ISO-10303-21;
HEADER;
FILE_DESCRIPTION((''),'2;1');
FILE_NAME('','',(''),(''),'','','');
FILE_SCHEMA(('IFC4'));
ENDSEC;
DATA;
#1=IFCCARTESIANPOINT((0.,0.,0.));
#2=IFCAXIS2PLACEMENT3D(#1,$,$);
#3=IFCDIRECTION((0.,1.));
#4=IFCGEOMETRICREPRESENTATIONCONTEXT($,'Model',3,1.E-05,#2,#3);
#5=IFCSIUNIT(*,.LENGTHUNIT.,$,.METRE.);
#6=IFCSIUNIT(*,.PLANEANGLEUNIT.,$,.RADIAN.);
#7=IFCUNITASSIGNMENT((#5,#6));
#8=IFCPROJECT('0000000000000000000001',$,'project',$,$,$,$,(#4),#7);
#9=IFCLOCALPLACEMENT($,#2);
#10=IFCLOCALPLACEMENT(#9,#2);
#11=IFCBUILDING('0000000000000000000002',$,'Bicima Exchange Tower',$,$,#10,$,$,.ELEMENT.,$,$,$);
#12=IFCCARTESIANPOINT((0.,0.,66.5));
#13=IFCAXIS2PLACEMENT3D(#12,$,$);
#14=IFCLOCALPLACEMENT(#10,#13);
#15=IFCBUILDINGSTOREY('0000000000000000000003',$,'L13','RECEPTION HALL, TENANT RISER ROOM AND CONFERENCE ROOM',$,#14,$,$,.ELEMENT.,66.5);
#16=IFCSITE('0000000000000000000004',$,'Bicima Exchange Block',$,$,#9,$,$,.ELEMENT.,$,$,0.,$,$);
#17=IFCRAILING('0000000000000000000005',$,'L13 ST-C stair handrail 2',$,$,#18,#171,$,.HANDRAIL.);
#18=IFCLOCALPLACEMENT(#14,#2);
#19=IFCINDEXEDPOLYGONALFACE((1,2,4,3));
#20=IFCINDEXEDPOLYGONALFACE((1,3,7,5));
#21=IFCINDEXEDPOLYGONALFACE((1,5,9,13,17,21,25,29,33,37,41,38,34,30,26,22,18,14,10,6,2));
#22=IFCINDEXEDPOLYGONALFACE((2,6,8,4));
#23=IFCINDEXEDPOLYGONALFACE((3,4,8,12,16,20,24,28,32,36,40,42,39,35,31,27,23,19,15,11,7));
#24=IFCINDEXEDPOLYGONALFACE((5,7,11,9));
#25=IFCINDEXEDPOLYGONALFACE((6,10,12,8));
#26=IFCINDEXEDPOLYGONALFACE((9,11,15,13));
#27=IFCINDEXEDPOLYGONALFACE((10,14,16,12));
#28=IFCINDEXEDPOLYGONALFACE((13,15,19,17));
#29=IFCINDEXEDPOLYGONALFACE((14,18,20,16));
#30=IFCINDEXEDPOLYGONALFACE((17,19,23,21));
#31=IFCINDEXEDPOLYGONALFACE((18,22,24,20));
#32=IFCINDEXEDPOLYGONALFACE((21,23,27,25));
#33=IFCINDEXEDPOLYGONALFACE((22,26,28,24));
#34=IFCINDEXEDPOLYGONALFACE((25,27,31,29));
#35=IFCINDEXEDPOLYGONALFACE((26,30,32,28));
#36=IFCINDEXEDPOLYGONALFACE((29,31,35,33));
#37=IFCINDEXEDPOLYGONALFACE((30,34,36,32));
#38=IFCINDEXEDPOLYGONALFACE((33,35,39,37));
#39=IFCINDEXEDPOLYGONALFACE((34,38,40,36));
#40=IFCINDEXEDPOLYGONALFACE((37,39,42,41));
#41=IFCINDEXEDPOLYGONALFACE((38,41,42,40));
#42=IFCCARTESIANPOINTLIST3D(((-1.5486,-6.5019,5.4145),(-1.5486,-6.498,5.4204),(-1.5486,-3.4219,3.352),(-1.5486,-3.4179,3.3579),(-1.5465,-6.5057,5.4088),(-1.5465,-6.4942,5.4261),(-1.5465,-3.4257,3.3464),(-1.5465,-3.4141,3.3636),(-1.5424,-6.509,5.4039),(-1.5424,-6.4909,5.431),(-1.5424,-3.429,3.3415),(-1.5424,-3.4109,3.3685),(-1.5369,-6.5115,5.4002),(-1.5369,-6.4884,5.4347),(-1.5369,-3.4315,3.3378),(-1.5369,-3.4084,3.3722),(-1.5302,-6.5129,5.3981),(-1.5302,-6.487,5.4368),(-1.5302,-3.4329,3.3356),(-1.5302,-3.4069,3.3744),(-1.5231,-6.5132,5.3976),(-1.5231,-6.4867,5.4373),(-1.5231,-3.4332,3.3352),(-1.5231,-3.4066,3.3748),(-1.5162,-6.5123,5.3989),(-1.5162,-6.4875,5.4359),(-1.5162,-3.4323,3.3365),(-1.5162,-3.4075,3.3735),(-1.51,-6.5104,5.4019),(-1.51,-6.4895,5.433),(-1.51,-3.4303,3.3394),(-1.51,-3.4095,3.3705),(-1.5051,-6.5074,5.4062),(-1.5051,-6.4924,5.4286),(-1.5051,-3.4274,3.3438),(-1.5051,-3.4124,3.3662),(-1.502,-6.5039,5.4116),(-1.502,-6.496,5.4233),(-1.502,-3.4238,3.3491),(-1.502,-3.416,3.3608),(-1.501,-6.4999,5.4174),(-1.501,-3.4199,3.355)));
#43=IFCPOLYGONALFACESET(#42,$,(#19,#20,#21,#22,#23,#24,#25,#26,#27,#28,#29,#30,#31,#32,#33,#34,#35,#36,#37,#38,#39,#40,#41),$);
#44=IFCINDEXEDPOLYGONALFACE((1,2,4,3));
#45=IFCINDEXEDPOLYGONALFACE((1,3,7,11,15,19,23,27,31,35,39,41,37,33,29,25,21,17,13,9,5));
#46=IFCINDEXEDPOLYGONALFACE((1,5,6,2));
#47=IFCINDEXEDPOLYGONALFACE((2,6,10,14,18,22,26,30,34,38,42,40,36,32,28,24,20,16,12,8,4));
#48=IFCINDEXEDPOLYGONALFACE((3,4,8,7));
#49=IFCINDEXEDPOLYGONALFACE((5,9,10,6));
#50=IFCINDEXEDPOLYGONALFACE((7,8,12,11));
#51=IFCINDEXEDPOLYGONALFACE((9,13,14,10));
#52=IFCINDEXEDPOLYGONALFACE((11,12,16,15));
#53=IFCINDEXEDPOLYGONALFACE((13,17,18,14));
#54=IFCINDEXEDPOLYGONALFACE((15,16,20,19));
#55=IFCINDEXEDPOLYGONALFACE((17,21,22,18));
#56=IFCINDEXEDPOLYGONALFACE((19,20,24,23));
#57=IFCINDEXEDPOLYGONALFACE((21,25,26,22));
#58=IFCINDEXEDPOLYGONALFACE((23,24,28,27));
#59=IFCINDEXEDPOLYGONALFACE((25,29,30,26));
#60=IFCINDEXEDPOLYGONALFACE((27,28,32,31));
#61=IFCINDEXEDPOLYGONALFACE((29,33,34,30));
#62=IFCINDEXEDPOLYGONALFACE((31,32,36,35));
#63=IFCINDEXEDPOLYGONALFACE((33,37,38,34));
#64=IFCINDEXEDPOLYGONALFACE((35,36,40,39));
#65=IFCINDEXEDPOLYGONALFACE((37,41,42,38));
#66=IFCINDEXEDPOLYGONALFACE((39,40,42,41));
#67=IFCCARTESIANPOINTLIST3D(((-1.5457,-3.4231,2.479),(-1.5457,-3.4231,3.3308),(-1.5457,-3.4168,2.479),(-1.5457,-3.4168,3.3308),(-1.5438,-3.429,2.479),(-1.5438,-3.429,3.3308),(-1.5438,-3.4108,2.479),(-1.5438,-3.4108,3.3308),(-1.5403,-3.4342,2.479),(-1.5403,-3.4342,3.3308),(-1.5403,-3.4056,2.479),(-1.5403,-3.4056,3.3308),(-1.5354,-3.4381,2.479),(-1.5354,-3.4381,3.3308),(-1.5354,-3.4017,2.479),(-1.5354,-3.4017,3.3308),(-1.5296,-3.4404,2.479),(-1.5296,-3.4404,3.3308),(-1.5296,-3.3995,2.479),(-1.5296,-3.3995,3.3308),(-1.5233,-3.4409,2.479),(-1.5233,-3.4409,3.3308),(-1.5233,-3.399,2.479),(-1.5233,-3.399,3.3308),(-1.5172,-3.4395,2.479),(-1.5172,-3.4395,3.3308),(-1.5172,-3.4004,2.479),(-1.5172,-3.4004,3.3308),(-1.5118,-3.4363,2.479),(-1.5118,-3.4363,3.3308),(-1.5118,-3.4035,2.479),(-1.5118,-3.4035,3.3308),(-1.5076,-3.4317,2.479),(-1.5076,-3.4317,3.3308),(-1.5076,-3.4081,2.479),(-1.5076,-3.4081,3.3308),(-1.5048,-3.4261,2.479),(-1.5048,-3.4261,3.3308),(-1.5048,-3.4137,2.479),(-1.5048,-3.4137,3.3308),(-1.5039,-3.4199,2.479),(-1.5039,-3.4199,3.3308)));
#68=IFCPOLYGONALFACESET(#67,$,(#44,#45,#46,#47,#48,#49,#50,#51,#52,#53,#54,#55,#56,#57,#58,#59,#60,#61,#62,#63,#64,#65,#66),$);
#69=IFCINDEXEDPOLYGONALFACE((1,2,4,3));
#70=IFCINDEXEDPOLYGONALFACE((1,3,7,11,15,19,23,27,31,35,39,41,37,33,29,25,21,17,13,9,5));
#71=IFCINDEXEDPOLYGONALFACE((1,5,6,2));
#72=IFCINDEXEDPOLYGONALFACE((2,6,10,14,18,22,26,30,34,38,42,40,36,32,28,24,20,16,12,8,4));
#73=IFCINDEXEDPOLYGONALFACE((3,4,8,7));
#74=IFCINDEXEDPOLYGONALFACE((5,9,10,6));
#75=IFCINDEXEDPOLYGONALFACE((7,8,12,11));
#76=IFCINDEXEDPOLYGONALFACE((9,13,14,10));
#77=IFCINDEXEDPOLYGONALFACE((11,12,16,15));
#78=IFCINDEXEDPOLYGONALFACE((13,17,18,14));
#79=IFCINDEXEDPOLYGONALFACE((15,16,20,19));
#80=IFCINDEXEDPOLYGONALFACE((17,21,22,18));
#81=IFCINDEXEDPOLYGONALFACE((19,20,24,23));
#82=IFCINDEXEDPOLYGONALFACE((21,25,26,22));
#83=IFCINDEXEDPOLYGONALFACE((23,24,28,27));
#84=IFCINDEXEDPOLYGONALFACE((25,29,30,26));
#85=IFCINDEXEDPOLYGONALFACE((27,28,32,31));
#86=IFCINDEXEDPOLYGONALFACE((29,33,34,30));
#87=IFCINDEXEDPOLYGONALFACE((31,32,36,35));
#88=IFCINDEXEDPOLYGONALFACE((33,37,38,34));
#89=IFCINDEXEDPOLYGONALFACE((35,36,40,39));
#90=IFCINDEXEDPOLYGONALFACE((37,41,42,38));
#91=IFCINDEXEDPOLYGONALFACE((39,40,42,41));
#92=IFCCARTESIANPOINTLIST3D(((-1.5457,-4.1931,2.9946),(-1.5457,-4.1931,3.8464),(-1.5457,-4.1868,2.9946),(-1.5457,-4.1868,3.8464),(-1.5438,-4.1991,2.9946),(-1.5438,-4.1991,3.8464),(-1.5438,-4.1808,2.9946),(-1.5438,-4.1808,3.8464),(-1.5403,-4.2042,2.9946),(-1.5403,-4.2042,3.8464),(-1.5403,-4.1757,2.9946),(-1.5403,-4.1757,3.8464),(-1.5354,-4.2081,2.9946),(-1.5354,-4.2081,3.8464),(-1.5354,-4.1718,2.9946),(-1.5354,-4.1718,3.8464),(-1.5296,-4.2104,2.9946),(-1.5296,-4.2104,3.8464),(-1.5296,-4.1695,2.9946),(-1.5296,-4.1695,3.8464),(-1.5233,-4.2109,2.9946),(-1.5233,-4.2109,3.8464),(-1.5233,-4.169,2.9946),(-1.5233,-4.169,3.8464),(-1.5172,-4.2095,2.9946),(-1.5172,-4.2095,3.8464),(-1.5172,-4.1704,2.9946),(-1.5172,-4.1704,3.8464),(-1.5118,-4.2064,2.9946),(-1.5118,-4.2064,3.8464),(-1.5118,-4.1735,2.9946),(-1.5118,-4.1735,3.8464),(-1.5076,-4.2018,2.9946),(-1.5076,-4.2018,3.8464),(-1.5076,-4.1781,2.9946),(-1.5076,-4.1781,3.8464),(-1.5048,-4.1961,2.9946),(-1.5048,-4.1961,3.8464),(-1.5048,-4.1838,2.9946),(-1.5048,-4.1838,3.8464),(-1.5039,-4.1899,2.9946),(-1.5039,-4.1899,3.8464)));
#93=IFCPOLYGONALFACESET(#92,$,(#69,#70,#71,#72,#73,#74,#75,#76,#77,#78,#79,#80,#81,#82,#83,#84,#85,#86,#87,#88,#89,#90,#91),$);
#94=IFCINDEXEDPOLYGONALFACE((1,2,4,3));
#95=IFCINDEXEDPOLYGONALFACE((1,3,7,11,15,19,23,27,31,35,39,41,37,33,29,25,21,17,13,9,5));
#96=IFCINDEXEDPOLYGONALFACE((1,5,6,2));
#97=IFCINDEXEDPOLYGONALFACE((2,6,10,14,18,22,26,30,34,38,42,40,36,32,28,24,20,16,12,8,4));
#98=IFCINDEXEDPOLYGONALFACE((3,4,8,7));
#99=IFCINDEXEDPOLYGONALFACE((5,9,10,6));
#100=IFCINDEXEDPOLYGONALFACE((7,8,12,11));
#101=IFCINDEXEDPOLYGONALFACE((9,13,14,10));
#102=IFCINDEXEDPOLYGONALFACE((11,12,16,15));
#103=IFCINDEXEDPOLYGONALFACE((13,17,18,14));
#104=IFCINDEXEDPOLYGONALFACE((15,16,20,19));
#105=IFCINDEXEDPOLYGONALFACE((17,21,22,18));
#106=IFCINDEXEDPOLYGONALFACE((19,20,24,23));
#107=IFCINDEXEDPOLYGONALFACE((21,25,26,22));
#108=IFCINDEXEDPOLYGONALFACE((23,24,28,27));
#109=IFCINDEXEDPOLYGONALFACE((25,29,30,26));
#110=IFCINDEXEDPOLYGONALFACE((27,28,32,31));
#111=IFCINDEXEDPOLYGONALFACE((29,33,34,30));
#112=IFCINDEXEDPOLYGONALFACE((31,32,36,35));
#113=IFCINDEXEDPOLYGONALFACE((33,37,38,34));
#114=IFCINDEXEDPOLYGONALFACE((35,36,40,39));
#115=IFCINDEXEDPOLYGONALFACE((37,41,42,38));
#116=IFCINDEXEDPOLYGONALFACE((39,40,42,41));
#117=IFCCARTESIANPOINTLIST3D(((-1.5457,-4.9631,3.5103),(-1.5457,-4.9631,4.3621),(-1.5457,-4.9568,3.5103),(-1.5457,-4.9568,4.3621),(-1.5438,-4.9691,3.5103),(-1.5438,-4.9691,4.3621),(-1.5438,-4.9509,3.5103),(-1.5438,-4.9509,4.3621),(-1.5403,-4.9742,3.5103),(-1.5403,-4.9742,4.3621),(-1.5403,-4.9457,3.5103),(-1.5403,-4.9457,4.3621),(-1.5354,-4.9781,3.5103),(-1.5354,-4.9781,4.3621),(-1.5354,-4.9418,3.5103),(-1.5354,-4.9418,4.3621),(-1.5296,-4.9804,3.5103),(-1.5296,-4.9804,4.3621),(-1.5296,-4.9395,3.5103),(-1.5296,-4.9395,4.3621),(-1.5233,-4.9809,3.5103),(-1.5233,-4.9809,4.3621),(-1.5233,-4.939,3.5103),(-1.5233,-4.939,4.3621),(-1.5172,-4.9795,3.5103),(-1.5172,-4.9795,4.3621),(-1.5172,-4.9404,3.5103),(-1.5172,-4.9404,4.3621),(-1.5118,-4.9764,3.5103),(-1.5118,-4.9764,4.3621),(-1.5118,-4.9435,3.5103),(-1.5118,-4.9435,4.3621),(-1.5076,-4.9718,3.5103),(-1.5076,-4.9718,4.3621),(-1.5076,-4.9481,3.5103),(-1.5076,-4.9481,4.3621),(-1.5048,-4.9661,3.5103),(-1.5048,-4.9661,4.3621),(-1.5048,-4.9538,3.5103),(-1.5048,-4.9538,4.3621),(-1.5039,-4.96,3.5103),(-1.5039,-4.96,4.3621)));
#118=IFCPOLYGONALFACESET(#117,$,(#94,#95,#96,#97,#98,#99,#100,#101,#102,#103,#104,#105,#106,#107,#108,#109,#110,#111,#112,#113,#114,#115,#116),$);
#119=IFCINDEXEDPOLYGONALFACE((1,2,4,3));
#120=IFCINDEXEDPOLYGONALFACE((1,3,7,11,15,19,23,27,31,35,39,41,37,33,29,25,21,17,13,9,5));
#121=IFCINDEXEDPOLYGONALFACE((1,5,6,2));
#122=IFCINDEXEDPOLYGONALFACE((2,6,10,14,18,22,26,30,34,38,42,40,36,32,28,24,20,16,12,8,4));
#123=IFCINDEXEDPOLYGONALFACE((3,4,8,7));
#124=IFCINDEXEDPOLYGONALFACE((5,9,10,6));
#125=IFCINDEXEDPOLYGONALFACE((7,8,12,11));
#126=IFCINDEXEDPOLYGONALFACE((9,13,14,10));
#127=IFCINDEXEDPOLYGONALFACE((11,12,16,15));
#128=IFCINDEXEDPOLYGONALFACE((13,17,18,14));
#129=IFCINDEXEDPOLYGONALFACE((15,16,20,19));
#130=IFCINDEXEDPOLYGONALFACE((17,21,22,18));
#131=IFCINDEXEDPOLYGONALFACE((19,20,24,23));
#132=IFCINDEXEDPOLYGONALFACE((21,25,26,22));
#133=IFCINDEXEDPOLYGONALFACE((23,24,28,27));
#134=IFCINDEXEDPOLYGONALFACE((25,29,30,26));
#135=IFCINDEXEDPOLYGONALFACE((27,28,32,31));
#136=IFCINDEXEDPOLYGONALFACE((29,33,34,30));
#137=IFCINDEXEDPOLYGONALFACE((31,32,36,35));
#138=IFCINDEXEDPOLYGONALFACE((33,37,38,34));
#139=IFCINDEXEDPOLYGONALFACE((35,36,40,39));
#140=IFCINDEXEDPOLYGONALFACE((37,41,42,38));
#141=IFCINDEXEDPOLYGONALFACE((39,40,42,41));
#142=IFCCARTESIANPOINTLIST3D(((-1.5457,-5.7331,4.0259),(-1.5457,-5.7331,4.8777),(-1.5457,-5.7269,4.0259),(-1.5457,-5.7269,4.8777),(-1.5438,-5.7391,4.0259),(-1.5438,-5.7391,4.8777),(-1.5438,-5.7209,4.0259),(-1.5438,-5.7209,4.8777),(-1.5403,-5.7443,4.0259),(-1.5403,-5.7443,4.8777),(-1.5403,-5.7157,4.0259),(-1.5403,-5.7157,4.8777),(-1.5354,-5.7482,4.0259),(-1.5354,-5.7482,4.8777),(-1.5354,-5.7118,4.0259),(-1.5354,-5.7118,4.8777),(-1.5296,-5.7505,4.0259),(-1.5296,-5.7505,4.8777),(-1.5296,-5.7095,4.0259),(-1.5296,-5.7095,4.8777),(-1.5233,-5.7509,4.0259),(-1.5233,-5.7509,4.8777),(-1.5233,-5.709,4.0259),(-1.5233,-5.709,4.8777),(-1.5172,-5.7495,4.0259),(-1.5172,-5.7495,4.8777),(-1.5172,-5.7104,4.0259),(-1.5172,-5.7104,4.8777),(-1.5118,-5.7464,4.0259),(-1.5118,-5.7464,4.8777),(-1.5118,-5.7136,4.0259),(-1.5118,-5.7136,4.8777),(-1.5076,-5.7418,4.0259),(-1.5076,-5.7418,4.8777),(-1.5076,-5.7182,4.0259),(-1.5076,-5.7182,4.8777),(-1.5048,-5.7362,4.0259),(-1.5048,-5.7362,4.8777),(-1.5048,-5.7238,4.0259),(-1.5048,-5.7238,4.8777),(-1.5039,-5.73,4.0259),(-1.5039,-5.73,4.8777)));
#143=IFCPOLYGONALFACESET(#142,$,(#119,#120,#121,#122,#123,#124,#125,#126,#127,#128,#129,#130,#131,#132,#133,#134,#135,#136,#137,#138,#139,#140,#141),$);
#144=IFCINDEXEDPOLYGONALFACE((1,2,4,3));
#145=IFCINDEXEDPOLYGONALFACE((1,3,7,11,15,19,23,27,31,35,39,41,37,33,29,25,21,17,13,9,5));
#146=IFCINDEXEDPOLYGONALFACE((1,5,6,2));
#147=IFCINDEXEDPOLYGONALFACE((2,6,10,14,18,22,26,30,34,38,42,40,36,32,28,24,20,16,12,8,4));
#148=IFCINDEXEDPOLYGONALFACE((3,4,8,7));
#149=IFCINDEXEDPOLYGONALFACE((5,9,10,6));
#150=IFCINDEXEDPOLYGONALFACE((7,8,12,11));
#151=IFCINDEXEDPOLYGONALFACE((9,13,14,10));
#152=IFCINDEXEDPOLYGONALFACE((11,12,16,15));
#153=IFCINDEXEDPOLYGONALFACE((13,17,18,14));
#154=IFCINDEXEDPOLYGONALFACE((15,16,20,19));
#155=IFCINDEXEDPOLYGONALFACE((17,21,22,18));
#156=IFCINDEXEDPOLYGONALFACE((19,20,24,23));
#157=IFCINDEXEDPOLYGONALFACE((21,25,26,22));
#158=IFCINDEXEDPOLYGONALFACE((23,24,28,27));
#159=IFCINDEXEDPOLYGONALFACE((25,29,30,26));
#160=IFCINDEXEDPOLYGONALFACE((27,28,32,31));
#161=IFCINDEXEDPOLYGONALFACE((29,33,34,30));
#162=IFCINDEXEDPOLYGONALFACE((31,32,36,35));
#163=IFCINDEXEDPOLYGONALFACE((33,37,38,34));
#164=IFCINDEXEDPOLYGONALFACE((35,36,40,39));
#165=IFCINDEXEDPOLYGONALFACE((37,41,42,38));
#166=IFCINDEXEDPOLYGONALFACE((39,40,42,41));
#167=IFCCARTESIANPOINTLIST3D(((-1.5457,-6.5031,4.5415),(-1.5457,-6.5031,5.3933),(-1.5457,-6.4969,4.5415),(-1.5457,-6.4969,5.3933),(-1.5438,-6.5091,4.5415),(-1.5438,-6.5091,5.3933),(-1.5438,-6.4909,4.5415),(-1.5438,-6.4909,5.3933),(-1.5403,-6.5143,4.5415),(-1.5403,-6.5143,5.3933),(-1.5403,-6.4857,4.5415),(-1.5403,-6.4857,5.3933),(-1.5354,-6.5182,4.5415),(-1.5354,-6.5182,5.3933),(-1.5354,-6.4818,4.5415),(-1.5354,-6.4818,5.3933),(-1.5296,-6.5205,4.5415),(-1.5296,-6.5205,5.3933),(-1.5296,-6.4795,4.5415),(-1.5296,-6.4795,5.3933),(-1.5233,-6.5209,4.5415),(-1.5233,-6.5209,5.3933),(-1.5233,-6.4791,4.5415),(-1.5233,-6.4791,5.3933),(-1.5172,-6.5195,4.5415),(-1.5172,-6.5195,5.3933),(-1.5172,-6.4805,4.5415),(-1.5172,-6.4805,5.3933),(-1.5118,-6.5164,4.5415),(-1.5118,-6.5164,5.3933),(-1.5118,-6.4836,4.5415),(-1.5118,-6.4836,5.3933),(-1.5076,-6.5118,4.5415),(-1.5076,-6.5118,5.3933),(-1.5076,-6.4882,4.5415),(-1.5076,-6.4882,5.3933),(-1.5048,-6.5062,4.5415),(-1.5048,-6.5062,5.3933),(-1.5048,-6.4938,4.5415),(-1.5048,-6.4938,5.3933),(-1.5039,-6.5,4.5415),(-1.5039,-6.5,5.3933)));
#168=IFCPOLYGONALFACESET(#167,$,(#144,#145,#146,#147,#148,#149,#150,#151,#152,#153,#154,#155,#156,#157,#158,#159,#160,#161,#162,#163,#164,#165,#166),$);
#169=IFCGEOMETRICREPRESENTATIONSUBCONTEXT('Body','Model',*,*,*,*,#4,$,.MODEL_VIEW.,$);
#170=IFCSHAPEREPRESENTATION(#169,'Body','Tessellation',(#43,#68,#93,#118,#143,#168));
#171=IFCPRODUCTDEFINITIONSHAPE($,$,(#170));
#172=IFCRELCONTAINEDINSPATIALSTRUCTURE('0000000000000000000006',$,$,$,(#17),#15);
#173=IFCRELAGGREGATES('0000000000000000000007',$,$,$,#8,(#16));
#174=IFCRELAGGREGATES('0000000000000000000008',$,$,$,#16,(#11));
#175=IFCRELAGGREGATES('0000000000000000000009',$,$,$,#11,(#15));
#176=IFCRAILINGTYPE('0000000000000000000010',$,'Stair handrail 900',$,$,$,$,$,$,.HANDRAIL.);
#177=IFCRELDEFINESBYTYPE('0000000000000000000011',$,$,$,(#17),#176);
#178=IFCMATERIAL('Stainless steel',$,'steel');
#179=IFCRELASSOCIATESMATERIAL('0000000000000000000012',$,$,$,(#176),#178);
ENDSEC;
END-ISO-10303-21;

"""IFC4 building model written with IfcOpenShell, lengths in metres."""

from ifc_helpers import new_model, si_unit, direction, frame, origin, origin_2d, place, context, subcontext, project, spatial, circle, extrude, material, type_object, element, save


model = new_model("IFC4")

# Units and contexts
model_context = context("Model", 3, precision=1e-05, world=origin(), true_north=direction((0.0, 1.0)))
body_context = subcontext(model_context, "Body", "Model", "MODEL_VIEW")
ifc_project = project(units=[si_unit("LENGTHUNIT", "METRE"), si_unit("PLANEANGLEUNIT", "RADIAN")], contexts=[model_context])

# Site, building, storey
site_placement = place(None, origin())
site = spatial("IfcSite", under=ifc_project, at=site_placement, Name="Bicima Exchange Block", CompositionType="ELEMENT", RefElevation=0.0)
building_placement = place(site_placement, origin())
building = spatial("IfcBuilding", under=site, at=building_placement, Name="Bicima Exchange Tower", CompositionType="ELEMENT")
storey_placement = place(building_placement, frame((0.0, 0.0, 66.5)))
storey = spatial("IfcBuildingStorey", under=building, at=storey_placement, Name="L13", Description="RECEPTION HALL, TENANT RISER ROOM AND CONFERENCE ROOM", CompositionType="ELEMENT", Elevation=66.5)

# Railing
ifc_material_1 = material(Name="Stainless steel", Category="steel")
railing_type = type_object("IfcRailingType", Name="Stair handrail 900", PredefinedType="HANDRAIL", material=ifc_material_1)
railing_placement = place(storey_placement, frame((-1.5249, -3.4199, 2.479)))
element("IfcRailing", 1, at=railing_placement, inside=storey, type_object=railing_type, Name="L13 ST-C stair handrail 2", PredefinedType="HANDRAIL", context=body_context, shape_type="SweptSolid", body=[
    extrude(circle(Radius=0.0239, at=origin_2d()), frame((0.0, 0.0, 0.876), z_axis=(0.0, -0.830914, 0.556401), x_axis=(1.0, 0.0, 0.0)), (0.0, 0.0, 1.0), 3.7068),
    extrude(circle(Radius=0.021, at=origin_2d()), origin(), (0.0, 0.0, 1.0), 0.8518),
    extrude(circle(Radius=0.021, at=origin_2d()), frame((0.0, -0.77, 0.5156)), (0.0, 0.0, 1.0), 0.8518),
    extrude(circle(Radius=0.021, at=origin_2d()), frame((0.0, -1.54, 1.0312)), (0.0, 0.0, 1.0), 0.8518),
    extrude(circle(Radius=0.021, at=origin_2d()), frame((0.0, -2.3101, 1.5469)), (0.0, 0.0, 1.0), 0.8518),
    extrude(circle(Radius=0.021, at=origin_2d()), frame((0.0, -3.0801, 2.0625)), (0.0, 0.0, 1.0), 0.8518),
])

save(model, "model.ifc")
